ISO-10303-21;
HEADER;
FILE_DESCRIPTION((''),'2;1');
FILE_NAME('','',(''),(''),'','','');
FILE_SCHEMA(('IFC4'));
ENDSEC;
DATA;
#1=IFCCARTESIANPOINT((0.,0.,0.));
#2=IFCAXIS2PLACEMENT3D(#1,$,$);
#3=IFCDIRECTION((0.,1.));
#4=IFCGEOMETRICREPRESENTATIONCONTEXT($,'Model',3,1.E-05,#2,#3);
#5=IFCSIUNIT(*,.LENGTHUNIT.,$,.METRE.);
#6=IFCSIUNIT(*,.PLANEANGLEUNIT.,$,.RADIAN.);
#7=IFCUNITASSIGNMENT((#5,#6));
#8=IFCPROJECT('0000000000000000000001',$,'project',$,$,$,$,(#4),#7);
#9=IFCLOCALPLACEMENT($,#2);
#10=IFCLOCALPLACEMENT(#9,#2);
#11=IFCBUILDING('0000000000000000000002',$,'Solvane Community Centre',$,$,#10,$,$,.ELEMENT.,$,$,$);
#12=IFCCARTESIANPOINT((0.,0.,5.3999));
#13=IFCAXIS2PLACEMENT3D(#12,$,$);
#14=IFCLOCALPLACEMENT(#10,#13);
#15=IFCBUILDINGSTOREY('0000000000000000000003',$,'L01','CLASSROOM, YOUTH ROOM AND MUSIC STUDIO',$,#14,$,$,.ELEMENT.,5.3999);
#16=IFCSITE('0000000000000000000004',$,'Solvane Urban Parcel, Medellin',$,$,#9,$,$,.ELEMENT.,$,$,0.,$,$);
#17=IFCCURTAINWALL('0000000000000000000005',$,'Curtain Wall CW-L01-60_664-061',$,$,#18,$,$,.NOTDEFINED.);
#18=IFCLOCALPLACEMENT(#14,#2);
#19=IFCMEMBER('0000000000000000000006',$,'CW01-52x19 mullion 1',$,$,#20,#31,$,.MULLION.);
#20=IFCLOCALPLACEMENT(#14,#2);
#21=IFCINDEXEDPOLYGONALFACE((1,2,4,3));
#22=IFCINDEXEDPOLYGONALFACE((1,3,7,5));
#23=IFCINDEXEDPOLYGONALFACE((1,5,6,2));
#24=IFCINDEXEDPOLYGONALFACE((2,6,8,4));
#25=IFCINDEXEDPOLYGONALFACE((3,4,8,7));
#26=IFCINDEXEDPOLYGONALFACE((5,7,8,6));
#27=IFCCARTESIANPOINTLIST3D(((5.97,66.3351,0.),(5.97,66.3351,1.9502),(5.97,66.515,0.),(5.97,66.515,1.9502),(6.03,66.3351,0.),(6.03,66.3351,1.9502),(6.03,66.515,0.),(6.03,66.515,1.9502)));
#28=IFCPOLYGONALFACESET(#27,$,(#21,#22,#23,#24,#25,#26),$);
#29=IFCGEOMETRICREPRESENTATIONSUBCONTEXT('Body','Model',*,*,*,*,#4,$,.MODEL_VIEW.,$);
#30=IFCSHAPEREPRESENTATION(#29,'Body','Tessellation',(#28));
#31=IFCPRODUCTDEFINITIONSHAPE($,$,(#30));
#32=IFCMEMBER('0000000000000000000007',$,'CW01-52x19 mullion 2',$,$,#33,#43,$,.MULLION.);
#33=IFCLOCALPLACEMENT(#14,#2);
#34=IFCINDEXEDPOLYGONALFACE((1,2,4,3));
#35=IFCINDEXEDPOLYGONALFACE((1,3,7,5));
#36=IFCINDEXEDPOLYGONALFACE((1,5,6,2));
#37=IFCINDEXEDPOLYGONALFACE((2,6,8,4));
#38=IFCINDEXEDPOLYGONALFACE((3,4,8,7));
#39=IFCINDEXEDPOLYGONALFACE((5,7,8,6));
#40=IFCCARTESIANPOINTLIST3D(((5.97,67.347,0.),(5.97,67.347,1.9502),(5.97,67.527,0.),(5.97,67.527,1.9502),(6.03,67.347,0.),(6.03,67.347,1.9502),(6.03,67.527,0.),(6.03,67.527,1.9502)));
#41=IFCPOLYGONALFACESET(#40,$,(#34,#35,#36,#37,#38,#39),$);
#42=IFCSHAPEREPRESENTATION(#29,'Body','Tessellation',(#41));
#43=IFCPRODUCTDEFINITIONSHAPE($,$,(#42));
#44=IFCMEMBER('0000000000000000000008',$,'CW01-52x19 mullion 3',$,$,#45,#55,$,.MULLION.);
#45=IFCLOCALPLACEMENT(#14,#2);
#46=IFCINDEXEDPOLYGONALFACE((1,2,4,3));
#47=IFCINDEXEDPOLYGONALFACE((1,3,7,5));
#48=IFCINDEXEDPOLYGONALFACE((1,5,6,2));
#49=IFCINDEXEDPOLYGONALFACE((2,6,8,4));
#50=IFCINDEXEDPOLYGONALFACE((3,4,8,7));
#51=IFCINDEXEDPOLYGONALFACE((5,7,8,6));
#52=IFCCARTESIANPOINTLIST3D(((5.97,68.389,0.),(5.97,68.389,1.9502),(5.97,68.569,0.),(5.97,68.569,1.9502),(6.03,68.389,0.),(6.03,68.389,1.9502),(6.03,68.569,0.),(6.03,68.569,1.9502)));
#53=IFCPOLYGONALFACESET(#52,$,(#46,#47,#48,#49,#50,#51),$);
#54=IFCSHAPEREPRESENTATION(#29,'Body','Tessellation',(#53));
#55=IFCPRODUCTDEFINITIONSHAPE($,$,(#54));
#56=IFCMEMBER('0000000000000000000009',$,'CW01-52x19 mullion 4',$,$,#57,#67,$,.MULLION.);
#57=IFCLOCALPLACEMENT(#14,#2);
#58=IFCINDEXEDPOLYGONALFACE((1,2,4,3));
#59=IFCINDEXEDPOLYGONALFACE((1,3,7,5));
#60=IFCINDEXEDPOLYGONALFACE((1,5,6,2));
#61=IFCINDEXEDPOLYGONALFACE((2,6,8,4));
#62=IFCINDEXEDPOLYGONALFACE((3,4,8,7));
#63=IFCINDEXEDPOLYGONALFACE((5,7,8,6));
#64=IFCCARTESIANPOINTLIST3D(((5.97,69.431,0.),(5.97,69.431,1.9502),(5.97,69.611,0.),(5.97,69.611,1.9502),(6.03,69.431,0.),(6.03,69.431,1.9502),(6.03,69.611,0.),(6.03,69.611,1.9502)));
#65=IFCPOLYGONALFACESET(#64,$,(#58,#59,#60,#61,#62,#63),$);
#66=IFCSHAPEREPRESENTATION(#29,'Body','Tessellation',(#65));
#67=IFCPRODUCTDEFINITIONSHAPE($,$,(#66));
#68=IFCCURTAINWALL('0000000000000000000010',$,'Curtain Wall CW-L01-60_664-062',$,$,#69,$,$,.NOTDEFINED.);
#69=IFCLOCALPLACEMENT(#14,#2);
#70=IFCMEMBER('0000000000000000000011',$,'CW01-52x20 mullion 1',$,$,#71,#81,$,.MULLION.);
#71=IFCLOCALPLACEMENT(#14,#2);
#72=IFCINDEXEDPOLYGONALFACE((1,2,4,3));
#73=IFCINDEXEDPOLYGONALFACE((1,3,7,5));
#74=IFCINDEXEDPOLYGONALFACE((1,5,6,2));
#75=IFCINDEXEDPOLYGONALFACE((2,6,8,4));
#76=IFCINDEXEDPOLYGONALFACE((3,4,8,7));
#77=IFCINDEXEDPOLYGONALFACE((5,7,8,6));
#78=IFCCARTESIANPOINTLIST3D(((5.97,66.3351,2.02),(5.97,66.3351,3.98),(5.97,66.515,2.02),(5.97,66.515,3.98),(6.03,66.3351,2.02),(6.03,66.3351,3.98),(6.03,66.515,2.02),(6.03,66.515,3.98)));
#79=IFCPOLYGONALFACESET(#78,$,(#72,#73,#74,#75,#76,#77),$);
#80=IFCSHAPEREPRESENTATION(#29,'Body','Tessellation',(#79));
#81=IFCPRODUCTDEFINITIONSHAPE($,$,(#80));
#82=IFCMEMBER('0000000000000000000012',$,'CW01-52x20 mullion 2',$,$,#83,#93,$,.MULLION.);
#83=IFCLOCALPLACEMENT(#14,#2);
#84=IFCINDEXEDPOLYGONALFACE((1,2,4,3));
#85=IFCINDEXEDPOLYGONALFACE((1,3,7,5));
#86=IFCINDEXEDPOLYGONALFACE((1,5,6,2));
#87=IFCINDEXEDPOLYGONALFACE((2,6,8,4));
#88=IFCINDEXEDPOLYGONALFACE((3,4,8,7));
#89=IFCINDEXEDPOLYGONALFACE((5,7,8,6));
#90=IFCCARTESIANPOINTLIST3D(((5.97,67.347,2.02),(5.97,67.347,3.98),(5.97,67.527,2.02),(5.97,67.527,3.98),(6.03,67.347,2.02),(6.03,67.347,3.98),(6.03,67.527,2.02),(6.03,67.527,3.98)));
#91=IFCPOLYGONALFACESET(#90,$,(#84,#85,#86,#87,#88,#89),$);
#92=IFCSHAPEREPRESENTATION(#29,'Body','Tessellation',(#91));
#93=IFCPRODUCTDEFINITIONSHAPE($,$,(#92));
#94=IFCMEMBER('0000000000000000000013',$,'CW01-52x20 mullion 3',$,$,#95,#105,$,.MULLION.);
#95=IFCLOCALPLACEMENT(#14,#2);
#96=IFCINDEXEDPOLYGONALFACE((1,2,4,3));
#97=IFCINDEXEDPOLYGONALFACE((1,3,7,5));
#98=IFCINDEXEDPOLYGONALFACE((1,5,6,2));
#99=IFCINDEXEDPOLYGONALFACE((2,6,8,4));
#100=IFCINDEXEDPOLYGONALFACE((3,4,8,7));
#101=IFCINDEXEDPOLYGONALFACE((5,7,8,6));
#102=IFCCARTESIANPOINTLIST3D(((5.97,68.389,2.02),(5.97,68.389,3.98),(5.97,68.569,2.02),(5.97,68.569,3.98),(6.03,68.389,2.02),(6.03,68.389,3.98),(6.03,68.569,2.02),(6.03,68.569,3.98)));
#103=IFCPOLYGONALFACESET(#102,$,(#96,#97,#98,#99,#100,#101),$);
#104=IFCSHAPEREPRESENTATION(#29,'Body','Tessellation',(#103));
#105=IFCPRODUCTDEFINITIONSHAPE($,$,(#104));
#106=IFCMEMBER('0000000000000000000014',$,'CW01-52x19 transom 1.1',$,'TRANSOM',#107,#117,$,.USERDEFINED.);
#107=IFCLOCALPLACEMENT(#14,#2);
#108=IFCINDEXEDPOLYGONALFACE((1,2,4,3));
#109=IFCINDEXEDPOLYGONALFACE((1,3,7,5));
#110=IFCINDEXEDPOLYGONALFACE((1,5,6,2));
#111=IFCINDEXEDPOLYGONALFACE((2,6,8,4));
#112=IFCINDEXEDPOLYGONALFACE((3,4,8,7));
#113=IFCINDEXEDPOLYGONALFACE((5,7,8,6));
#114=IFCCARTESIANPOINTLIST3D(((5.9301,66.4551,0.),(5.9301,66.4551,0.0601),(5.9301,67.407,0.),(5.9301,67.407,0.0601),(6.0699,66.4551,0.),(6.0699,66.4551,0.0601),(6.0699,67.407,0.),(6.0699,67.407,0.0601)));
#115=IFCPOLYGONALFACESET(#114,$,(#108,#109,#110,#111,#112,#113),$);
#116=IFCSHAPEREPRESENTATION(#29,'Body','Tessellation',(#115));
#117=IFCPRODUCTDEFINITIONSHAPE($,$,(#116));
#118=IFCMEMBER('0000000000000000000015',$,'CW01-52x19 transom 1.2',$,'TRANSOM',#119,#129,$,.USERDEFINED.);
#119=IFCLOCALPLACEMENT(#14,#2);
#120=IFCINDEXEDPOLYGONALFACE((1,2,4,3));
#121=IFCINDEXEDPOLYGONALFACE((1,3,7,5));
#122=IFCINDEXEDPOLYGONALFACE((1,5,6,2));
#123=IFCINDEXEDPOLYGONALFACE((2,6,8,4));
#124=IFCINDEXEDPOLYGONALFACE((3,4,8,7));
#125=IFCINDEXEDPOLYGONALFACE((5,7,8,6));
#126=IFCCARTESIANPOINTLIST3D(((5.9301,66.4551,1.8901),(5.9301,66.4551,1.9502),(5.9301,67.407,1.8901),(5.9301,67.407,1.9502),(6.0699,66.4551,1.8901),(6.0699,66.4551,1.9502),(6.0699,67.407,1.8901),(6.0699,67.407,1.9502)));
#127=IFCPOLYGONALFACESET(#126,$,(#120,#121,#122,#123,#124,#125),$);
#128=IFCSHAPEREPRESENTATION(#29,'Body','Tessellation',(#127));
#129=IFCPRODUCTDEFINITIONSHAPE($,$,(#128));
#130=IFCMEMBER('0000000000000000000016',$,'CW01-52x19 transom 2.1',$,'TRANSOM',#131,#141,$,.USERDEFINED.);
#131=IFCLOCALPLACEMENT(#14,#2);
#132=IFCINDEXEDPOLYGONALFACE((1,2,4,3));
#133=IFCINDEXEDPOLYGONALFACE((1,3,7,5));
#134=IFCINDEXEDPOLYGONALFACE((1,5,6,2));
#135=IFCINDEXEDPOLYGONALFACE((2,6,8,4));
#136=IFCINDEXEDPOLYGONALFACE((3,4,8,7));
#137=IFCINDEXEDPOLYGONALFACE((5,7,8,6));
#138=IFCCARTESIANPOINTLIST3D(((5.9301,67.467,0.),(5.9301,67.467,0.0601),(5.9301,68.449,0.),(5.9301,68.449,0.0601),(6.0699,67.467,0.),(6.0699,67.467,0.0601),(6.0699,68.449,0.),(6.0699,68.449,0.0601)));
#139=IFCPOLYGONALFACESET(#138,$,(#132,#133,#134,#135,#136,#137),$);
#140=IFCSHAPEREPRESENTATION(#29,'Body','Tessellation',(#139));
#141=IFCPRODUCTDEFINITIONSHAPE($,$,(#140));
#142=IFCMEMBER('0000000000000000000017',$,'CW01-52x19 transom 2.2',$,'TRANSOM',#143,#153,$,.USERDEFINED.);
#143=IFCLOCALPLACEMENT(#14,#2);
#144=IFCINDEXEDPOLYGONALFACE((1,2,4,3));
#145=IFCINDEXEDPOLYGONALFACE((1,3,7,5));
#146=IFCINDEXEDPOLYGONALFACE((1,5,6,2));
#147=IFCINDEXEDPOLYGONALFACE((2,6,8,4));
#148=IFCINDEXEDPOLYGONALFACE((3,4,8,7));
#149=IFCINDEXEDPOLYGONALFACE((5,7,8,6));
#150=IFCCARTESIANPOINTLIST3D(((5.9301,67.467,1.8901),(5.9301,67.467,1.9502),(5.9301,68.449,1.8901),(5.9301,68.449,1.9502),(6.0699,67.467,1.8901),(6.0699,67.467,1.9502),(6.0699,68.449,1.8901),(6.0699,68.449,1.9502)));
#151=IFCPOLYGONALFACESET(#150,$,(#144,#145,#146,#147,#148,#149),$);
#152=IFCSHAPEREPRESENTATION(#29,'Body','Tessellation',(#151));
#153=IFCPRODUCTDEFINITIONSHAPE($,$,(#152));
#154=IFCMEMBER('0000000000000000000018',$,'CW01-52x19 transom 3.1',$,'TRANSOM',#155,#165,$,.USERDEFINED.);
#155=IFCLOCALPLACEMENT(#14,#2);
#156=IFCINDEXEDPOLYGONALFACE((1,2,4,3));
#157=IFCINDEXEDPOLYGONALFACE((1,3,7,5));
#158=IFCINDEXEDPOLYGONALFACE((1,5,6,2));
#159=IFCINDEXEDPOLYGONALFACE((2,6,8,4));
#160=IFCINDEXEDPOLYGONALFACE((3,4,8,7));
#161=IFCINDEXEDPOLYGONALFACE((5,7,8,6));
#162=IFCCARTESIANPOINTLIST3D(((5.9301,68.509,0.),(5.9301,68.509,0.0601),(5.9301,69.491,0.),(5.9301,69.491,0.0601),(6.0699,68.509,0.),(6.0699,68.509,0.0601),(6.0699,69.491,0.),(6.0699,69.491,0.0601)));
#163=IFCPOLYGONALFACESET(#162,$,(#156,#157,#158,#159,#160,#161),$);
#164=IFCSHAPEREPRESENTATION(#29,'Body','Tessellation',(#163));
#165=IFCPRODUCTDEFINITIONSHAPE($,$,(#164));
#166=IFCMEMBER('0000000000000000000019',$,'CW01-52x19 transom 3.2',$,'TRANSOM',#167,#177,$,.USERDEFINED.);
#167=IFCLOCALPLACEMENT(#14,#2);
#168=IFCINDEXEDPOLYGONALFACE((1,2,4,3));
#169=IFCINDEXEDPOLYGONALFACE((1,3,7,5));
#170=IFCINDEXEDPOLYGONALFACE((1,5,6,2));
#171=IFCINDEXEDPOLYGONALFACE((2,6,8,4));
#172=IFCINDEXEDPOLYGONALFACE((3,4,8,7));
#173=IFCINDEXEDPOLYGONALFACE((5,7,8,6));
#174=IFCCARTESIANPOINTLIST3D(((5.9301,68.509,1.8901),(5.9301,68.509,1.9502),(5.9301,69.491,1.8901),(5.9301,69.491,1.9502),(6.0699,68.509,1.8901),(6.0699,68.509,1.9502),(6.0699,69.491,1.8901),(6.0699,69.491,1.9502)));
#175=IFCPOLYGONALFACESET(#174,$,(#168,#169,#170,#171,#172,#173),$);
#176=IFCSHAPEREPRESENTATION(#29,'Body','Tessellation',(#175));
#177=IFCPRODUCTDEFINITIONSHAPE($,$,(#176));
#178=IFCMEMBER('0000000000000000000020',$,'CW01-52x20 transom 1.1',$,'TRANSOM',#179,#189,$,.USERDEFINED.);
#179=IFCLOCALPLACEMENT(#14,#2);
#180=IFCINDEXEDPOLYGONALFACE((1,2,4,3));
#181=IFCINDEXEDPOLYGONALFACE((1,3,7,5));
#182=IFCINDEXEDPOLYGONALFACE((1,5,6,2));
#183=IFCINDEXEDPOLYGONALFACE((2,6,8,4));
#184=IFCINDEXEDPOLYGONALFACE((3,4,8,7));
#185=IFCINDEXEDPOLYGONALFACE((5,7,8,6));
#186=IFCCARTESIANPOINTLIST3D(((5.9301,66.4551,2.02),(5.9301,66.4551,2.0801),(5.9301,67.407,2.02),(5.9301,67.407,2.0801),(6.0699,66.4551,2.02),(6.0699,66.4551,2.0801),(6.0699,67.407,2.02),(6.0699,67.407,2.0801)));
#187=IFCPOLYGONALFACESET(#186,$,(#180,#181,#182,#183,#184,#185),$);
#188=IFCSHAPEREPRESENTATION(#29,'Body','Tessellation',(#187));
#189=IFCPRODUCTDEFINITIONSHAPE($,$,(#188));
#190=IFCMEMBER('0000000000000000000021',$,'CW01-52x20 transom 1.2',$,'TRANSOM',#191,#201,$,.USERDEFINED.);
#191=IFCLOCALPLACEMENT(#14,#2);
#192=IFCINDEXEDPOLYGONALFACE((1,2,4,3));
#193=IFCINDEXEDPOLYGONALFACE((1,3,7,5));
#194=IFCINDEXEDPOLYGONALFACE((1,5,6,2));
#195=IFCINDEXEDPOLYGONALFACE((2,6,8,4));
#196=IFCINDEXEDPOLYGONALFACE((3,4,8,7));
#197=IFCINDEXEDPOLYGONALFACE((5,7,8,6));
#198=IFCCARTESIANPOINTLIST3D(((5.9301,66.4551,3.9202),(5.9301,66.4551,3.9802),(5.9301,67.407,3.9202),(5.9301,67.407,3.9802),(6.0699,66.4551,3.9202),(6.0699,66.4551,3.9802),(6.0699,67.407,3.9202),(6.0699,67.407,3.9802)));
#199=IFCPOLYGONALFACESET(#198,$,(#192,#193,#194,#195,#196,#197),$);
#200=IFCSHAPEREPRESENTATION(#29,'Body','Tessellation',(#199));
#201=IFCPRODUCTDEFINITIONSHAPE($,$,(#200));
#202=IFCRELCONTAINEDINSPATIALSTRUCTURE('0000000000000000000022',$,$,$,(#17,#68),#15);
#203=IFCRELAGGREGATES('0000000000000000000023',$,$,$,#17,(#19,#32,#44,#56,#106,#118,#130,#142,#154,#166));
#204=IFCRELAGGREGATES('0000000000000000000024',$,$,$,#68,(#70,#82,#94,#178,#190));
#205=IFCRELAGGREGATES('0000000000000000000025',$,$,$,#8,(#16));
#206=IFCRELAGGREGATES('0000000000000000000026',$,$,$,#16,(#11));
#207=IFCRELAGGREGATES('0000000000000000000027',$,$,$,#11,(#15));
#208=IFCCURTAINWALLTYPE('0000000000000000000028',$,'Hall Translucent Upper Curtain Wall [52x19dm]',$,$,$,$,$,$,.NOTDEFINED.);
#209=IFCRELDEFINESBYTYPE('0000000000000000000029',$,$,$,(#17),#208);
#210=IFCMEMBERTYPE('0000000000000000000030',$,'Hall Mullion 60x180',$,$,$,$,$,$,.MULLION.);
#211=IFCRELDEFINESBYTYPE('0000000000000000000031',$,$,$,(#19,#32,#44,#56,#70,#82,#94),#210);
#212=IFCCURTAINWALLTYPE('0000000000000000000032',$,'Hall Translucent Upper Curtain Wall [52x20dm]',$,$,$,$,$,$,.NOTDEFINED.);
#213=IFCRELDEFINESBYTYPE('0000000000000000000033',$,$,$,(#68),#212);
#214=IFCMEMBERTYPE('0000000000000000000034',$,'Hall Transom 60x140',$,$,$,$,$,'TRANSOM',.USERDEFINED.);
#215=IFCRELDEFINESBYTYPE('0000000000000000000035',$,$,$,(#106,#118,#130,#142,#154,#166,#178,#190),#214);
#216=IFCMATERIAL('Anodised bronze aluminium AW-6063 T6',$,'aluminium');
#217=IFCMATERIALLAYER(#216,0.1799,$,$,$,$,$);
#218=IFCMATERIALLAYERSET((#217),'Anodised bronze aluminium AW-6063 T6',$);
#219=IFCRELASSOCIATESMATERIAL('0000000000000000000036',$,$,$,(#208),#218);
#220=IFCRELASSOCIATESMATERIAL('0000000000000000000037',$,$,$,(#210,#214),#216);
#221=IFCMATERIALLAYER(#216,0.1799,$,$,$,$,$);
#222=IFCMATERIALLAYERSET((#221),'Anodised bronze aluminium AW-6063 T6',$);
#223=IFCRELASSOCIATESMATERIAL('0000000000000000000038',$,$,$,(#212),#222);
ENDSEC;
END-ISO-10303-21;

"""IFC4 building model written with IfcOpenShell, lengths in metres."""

from ifc_helpers import new_model, si_unit, direction, frame, origin, origin_2d, place, context, subcontext, project, spatial, rectangle, extrude, material, layer, layer_set, material_profile, profile_set, type_object, element, aggregate, save


model = new_model("IFC4")

# Units and contexts
model_context = context("Model", 3, precision=1e-05, world=origin(), true_north=direction((0.0, 1.0)))
body_context = subcontext(model_context, "Body", "Model", "MODEL_VIEW")
ifc_project = project(units=[si_unit("LENGTHUNIT", "METRE"), si_unit("PLANEANGLEUNIT", "RADIAN")], contexts=[model_context])

# Site, building, storey
site_placement = place(None, origin())
site = spatial("IfcSite", under=ifc_project, at=site_placement, Name="Solvane Urban Parcel, Medellin", CompositionType="ELEMENT", RefElevation=0.0)
building_placement = place(site_placement, origin())
building = spatial("IfcBuilding", under=site, at=building_placement, Name="Solvane Community Centre", CompositionType="ELEMENT")
storey_placement = place(building_placement, frame((0.0, 0.0, 5.3999)))
storey = spatial("IfcBuildingStorey", under=building, at=storey_placement, Name="L01", Description="CLASSROOM, YOUTH ROOM AND MUSIC STUDIO", CompositionType="ELEMENT", Elevation=5.3999)

# Curtain walls, members
ifc_material_1 = material(Name="Anodised bronze aluminium AW-6063 T6", Category="aluminium")
ifc_layer_1 = layer(ifc_material_1, 0.1799)
ifc_layer_set_1 = layer_set([ifc_layer_1], Name="Anodised bronze aluminium AW-6063 T6")
curtain_wall_type_1 = type_object("IfcCurtainWallType", Name="Hall Translucent Upper Curtain Wall [52x19dm]", PredefinedType="NOTDEFINED", material=ifc_layer_set_1)
curtain_wall_1_placement = place(storey_placement, origin())
curtain_wall_1 = element("IfcCurtainWall", 1, at=curtain_wall_1_placement, inside=storey, type_object=curtain_wall_type_1, Name="Curtain Wall CW-L01-60_664-061", PredefinedType="NOTDEFINED")
ifc_material_profile_1 = material_profile(ifc_material_1, rectangle(XDim=0.0601, YDim=0.1799, at=origin_2d()), Name="CW-M 60x180")
ifc_profile_set_1 = profile_set([ifc_material_profile_1], Name="Anodised bronze aluminium AW-6063 T6")
member_type_1 = type_object("IfcMemberType", Name="Hall Mullion 60x180", PredefinedType="MULLION", material=ifc_profile_set_1)
member_1_placement = place(storey_placement, frame((6.0, 66.425, 0.0), z_axis=(0.0, 0.0, 1.0), x_axis=(-1.0, 0.0, 0.0)))
member_1 = element("IfcMember", 2, at=member_1_placement, type_object=member_type_1, Name="CW01-52x19 mullion 1", PredefinedType="MULLION", context=body_context, shape_type="SweptSolid", body=[
    extrude(rectangle(XDim=0.0601, YDim=0.1799, at=origin_2d()), origin(), (0.0, 0.0, 1.0), 1.9502),
])
member_2_placement = place(storey_placement, frame((6.0, 67.437, 0.0), z_axis=(0.0, 0.0, 1.0), x_axis=(-1.0, 0.0, 0.0)))
member_2 = element("IfcMember", 3, at=member_2_placement, type_object=member_type_1, Name="CW01-52x19 mullion 2", PredefinedType="MULLION", context=body_context, shape_type="SweptSolid", body=[
    extrude(rectangle(XDim=0.0601, YDim=0.1799, at=origin_2d()), origin(), (0.0, 0.0, 1.0), 1.9502),
])
member_3_placement = place(storey_placement, frame((6.0, 68.479, 0.0), z_axis=(0.0, 0.0, 1.0), x_axis=(-1.0, 0.0, 0.0)))
member_3 = element("IfcMember", 4, at=member_3_placement, type_object=member_type_1, Name="CW01-52x19 mullion 3", PredefinedType="MULLION", context=body_context, shape_type="SweptSolid", body=[
    extrude(rectangle(XDim=0.0601, YDim=0.1799, at=origin_2d()), origin(), (0.0, 0.0, 1.0), 1.9502),
])
member_4_placement = place(storey_placement, frame((6.0, 69.521, 0.0), z_axis=(0.0, 0.0, 1.0), x_axis=(-1.0, 0.0, 0.0)))
member_4 = element("IfcMember", 5, at=member_4_placement, type_object=member_type_1, Name="CW01-52x19 mullion 4", PredefinedType="MULLION", context=body_context, shape_type="SweptSolid", body=[
    extrude(rectangle(XDim=0.0601, YDim=0.1799, at=origin_2d()), origin(), (0.0, 0.0, 1.0), 1.9502),
])
ifc_layer_2 = layer(ifc_material_1, 0.1799)
ifc_layer_set_2 = layer_set([ifc_layer_2], Name="Anodised bronze aluminium AW-6063 T6")
curtain_wall_type_2 = type_object("IfcCurtainWallType", Name="Hall Translucent Upper Curtain Wall [52x20dm]", PredefinedType="NOTDEFINED", material=ifc_layer_set_2)
curtain_wall_2_placement = place(storey_placement, origin())
curtain_wall_2 = element("IfcCurtainWall", 6, at=curtain_wall_2_placement, inside=storey, type_object=curtain_wall_type_2, Name="Curtain Wall CW-L01-60_664-062", PredefinedType="NOTDEFINED")
member_5_placement = place(storey_placement, frame((6.0, 66.425, 2.02), z_axis=(0.0, 0.0, 1.0), x_axis=(-1.0, 0.0, 0.0)))
member_5 = element("IfcMember", 7, at=member_5_placement, type_object=member_type_1, Name="CW01-52x20 mullion 1", PredefinedType="MULLION", context=body_context, shape_type="SweptSolid", body=[
    extrude(rectangle(XDim=0.0601, YDim=0.1799, at=origin_2d()), origin(), (0.0, 0.0, 1.0), 1.96),
])
member_6_placement = place(storey_placement, frame((6.0, 67.437, 2.02), z_axis=(0.0, 0.0, 1.0), x_axis=(-1.0, 0.0, 0.0)))
member_6 = element("IfcMember", 8, at=member_6_placement, type_object=member_type_1, Name="CW01-52x20 mullion 2", PredefinedType="MULLION", context=body_context, shape_type="SweptSolid", body=[
    extrude(rectangle(XDim=0.0601, YDim=0.1799, at=origin_2d()), origin(), (0.0, 0.0, 1.0), 1.96),
])
member_7_placement = place(storey_placement, frame((6.0, 68.479, 2.02), z_axis=(0.0, 0.0, 1.0), x_axis=(-1.0, 0.0, 0.0)))
member_7 = element("IfcMember", 9, at=member_7_placement, type_object=member_type_1, Name="CW01-52x20 mullion 3", PredefinedType="MULLION", context=body_context, shape_type="SweptSolid", body=[
    extrude(rectangle(XDim=0.0601, YDim=0.1799, at=origin_2d()), origin(), (0.0, 0.0, 1.0), 1.96),
])

# Members
ifc_material_profile_2 = material_profile(ifc_material_1, rectangle(XDim=0.1399, YDim=0.0601, at=origin_2d()), Name="CW-T 60x140")
ifc_profile_set_2 = profile_set([ifc_material_profile_2], Name="Anodised bronze aluminium AW-6063 T6")
member_type_2 = type_object("IfcMemberType", Name="Hall Transom 60x140", ElementType="TRANSOM", PredefinedType="USERDEFINED", material=ifc_profile_set_2)
member_8_placement = place(storey_placement, frame((6.0, 66.4551, 0.03), z_axis=(0.0, 1.0, 0.0), x_axis=(-1.0, 0.0, 0.0)))
member_8 = element("IfcMember", 10, at=member_8_placement, type_object=member_type_2, Name="CW01-52x19 transom 1.1", ObjectType="TRANSOM", PredefinedType="USERDEFINED", context=body_context, shape_type="SweptSolid", body=[
    extrude(rectangle(XDim=0.1399, YDim=0.0601, at=origin_2d()), origin(), (0.0, 0.0, 1.0), 0.9519),
])
member_9_placement = place(storey_placement, frame((6.0, 66.4551, 1.9202), z_axis=(0.0, 1.0, 0.0), x_axis=(-1.0, 0.0, 0.0)))
member_9 = element("IfcMember", 11, at=member_9_placement, type_object=member_type_2, Name="CW01-52x19 transom 1.2", ObjectType="TRANSOM", PredefinedType="USERDEFINED", context=body_context, shape_type="SweptSolid", body=[
    extrude(rectangle(XDim=0.1399, YDim=0.0601, at=origin_2d()), origin(), (0.0, 0.0, 1.0), 0.9519),
])
member_10_placement = place(storey_placement, frame((6.0, 67.467, 0.03), z_axis=(0.0, 1.0, 0.0), x_axis=(-1.0, 0.0, 0.0)))
member_10 = element("IfcMember", 12, at=member_10_placement, type_object=member_type_2, Name="CW01-52x19 transom 2.1", ObjectType="TRANSOM", PredefinedType="USERDEFINED", context=body_context, shape_type="SweptSolid", body=[
    extrude(rectangle(XDim=0.1399, YDim=0.0601, at=origin_2d()), origin(), (0.0, 0.0, 1.0), 0.9819),
])
member_11_placement = place(storey_placement, frame((6.0, 67.467, 1.9202), z_axis=(0.0, 1.0, 0.0), x_axis=(-1.0, 0.0, 0.0)))
member_11 = element("IfcMember", 13, at=member_11_placement, type_object=member_type_2, Name="CW01-52x19 transom 2.2", ObjectType="TRANSOM", PredefinedType="USERDEFINED", context=body_context, shape_type="SweptSolid", body=[
    extrude(rectangle(XDim=0.1399, YDim=0.0601, at=origin_2d()), origin(), (0.0, 0.0, 1.0), 0.9819),
])
member_12_placement = place(storey_placement, frame((6.0, 68.509, 0.03), z_axis=(0.0, 1.0, 0.0), x_axis=(-1.0, 0.0, 0.0)))
member_12 = element("IfcMember", 14, at=member_12_placement, type_object=member_type_2, Name="CW01-52x19 transom 3.1", ObjectType="TRANSOM", PredefinedType="USERDEFINED", context=body_context, shape_type="SweptSolid", body=[
    extrude(rectangle(XDim=0.1399, YDim=0.0601, at=origin_2d()), origin(), (0.0, 0.0, 1.0), 0.9819),
])
member_13_placement = place(storey_placement, frame((6.0, 68.509, 1.9202), z_axis=(0.0, 1.0, 0.0), x_axis=(-1.0, 0.0, 0.0)))
member_13 = element("IfcMember", 15, at=member_13_placement, type_object=member_type_2, Name="CW01-52x19 transom 3.2", ObjectType="TRANSOM", PredefinedType="USERDEFINED", context=body_context, shape_type="SweptSolid", body=[
    extrude(rectangle(XDim=0.1399, YDim=0.0601, at=origin_2d()), origin(), (0.0, 0.0, 1.0), 0.9819),
])
member_14_placement = place(storey_placement, frame((6.0, 66.4551, 2.05), z_axis=(0.0, 1.0, 0.0), x_axis=(-1.0, 0.0, 0.0)))
member_14 = element("IfcMember", 16, at=member_14_placement, type_object=member_type_2, Name="CW01-52x20 transom 1.1", ObjectType="TRANSOM", PredefinedType="USERDEFINED", context=body_context, shape_type="SweptSolid", body=[
    extrude(rectangle(XDim=0.1399, YDim=0.0601, at=origin_2d()), origin(), (0.0, 0.0, 1.0), 0.9519),
])
member_15_placement = place(storey_placement, frame((6.0, 66.4551, 3.9502), z_axis=(0.0, 1.0, 0.0), x_axis=(-1.0, 0.0, 0.0)))
member_15 = element("IfcMember", 17, at=member_15_placement, type_object=member_type_2, Name="CW01-52x20 transom 1.2", ObjectType="TRANSOM", PredefinedType="USERDEFINED", context=body_context, shape_type="SweptSolid", body=[
    extrude(rectangle(XDim=0.1399, YDim=0.0601, at=origin_2d()), origin(), (0.0, 0.0, 1.0), 0.9519),
])

aggregate(curtain_wall_1, [member_1, member_2, member_3, member_4, member_8, member_9, member_10, member_11, member_12, member_13])
aggregate(curtain_wall_2, [member_5, member_6, member_7, member_14, member_15])

save(model, "model.ifc")
